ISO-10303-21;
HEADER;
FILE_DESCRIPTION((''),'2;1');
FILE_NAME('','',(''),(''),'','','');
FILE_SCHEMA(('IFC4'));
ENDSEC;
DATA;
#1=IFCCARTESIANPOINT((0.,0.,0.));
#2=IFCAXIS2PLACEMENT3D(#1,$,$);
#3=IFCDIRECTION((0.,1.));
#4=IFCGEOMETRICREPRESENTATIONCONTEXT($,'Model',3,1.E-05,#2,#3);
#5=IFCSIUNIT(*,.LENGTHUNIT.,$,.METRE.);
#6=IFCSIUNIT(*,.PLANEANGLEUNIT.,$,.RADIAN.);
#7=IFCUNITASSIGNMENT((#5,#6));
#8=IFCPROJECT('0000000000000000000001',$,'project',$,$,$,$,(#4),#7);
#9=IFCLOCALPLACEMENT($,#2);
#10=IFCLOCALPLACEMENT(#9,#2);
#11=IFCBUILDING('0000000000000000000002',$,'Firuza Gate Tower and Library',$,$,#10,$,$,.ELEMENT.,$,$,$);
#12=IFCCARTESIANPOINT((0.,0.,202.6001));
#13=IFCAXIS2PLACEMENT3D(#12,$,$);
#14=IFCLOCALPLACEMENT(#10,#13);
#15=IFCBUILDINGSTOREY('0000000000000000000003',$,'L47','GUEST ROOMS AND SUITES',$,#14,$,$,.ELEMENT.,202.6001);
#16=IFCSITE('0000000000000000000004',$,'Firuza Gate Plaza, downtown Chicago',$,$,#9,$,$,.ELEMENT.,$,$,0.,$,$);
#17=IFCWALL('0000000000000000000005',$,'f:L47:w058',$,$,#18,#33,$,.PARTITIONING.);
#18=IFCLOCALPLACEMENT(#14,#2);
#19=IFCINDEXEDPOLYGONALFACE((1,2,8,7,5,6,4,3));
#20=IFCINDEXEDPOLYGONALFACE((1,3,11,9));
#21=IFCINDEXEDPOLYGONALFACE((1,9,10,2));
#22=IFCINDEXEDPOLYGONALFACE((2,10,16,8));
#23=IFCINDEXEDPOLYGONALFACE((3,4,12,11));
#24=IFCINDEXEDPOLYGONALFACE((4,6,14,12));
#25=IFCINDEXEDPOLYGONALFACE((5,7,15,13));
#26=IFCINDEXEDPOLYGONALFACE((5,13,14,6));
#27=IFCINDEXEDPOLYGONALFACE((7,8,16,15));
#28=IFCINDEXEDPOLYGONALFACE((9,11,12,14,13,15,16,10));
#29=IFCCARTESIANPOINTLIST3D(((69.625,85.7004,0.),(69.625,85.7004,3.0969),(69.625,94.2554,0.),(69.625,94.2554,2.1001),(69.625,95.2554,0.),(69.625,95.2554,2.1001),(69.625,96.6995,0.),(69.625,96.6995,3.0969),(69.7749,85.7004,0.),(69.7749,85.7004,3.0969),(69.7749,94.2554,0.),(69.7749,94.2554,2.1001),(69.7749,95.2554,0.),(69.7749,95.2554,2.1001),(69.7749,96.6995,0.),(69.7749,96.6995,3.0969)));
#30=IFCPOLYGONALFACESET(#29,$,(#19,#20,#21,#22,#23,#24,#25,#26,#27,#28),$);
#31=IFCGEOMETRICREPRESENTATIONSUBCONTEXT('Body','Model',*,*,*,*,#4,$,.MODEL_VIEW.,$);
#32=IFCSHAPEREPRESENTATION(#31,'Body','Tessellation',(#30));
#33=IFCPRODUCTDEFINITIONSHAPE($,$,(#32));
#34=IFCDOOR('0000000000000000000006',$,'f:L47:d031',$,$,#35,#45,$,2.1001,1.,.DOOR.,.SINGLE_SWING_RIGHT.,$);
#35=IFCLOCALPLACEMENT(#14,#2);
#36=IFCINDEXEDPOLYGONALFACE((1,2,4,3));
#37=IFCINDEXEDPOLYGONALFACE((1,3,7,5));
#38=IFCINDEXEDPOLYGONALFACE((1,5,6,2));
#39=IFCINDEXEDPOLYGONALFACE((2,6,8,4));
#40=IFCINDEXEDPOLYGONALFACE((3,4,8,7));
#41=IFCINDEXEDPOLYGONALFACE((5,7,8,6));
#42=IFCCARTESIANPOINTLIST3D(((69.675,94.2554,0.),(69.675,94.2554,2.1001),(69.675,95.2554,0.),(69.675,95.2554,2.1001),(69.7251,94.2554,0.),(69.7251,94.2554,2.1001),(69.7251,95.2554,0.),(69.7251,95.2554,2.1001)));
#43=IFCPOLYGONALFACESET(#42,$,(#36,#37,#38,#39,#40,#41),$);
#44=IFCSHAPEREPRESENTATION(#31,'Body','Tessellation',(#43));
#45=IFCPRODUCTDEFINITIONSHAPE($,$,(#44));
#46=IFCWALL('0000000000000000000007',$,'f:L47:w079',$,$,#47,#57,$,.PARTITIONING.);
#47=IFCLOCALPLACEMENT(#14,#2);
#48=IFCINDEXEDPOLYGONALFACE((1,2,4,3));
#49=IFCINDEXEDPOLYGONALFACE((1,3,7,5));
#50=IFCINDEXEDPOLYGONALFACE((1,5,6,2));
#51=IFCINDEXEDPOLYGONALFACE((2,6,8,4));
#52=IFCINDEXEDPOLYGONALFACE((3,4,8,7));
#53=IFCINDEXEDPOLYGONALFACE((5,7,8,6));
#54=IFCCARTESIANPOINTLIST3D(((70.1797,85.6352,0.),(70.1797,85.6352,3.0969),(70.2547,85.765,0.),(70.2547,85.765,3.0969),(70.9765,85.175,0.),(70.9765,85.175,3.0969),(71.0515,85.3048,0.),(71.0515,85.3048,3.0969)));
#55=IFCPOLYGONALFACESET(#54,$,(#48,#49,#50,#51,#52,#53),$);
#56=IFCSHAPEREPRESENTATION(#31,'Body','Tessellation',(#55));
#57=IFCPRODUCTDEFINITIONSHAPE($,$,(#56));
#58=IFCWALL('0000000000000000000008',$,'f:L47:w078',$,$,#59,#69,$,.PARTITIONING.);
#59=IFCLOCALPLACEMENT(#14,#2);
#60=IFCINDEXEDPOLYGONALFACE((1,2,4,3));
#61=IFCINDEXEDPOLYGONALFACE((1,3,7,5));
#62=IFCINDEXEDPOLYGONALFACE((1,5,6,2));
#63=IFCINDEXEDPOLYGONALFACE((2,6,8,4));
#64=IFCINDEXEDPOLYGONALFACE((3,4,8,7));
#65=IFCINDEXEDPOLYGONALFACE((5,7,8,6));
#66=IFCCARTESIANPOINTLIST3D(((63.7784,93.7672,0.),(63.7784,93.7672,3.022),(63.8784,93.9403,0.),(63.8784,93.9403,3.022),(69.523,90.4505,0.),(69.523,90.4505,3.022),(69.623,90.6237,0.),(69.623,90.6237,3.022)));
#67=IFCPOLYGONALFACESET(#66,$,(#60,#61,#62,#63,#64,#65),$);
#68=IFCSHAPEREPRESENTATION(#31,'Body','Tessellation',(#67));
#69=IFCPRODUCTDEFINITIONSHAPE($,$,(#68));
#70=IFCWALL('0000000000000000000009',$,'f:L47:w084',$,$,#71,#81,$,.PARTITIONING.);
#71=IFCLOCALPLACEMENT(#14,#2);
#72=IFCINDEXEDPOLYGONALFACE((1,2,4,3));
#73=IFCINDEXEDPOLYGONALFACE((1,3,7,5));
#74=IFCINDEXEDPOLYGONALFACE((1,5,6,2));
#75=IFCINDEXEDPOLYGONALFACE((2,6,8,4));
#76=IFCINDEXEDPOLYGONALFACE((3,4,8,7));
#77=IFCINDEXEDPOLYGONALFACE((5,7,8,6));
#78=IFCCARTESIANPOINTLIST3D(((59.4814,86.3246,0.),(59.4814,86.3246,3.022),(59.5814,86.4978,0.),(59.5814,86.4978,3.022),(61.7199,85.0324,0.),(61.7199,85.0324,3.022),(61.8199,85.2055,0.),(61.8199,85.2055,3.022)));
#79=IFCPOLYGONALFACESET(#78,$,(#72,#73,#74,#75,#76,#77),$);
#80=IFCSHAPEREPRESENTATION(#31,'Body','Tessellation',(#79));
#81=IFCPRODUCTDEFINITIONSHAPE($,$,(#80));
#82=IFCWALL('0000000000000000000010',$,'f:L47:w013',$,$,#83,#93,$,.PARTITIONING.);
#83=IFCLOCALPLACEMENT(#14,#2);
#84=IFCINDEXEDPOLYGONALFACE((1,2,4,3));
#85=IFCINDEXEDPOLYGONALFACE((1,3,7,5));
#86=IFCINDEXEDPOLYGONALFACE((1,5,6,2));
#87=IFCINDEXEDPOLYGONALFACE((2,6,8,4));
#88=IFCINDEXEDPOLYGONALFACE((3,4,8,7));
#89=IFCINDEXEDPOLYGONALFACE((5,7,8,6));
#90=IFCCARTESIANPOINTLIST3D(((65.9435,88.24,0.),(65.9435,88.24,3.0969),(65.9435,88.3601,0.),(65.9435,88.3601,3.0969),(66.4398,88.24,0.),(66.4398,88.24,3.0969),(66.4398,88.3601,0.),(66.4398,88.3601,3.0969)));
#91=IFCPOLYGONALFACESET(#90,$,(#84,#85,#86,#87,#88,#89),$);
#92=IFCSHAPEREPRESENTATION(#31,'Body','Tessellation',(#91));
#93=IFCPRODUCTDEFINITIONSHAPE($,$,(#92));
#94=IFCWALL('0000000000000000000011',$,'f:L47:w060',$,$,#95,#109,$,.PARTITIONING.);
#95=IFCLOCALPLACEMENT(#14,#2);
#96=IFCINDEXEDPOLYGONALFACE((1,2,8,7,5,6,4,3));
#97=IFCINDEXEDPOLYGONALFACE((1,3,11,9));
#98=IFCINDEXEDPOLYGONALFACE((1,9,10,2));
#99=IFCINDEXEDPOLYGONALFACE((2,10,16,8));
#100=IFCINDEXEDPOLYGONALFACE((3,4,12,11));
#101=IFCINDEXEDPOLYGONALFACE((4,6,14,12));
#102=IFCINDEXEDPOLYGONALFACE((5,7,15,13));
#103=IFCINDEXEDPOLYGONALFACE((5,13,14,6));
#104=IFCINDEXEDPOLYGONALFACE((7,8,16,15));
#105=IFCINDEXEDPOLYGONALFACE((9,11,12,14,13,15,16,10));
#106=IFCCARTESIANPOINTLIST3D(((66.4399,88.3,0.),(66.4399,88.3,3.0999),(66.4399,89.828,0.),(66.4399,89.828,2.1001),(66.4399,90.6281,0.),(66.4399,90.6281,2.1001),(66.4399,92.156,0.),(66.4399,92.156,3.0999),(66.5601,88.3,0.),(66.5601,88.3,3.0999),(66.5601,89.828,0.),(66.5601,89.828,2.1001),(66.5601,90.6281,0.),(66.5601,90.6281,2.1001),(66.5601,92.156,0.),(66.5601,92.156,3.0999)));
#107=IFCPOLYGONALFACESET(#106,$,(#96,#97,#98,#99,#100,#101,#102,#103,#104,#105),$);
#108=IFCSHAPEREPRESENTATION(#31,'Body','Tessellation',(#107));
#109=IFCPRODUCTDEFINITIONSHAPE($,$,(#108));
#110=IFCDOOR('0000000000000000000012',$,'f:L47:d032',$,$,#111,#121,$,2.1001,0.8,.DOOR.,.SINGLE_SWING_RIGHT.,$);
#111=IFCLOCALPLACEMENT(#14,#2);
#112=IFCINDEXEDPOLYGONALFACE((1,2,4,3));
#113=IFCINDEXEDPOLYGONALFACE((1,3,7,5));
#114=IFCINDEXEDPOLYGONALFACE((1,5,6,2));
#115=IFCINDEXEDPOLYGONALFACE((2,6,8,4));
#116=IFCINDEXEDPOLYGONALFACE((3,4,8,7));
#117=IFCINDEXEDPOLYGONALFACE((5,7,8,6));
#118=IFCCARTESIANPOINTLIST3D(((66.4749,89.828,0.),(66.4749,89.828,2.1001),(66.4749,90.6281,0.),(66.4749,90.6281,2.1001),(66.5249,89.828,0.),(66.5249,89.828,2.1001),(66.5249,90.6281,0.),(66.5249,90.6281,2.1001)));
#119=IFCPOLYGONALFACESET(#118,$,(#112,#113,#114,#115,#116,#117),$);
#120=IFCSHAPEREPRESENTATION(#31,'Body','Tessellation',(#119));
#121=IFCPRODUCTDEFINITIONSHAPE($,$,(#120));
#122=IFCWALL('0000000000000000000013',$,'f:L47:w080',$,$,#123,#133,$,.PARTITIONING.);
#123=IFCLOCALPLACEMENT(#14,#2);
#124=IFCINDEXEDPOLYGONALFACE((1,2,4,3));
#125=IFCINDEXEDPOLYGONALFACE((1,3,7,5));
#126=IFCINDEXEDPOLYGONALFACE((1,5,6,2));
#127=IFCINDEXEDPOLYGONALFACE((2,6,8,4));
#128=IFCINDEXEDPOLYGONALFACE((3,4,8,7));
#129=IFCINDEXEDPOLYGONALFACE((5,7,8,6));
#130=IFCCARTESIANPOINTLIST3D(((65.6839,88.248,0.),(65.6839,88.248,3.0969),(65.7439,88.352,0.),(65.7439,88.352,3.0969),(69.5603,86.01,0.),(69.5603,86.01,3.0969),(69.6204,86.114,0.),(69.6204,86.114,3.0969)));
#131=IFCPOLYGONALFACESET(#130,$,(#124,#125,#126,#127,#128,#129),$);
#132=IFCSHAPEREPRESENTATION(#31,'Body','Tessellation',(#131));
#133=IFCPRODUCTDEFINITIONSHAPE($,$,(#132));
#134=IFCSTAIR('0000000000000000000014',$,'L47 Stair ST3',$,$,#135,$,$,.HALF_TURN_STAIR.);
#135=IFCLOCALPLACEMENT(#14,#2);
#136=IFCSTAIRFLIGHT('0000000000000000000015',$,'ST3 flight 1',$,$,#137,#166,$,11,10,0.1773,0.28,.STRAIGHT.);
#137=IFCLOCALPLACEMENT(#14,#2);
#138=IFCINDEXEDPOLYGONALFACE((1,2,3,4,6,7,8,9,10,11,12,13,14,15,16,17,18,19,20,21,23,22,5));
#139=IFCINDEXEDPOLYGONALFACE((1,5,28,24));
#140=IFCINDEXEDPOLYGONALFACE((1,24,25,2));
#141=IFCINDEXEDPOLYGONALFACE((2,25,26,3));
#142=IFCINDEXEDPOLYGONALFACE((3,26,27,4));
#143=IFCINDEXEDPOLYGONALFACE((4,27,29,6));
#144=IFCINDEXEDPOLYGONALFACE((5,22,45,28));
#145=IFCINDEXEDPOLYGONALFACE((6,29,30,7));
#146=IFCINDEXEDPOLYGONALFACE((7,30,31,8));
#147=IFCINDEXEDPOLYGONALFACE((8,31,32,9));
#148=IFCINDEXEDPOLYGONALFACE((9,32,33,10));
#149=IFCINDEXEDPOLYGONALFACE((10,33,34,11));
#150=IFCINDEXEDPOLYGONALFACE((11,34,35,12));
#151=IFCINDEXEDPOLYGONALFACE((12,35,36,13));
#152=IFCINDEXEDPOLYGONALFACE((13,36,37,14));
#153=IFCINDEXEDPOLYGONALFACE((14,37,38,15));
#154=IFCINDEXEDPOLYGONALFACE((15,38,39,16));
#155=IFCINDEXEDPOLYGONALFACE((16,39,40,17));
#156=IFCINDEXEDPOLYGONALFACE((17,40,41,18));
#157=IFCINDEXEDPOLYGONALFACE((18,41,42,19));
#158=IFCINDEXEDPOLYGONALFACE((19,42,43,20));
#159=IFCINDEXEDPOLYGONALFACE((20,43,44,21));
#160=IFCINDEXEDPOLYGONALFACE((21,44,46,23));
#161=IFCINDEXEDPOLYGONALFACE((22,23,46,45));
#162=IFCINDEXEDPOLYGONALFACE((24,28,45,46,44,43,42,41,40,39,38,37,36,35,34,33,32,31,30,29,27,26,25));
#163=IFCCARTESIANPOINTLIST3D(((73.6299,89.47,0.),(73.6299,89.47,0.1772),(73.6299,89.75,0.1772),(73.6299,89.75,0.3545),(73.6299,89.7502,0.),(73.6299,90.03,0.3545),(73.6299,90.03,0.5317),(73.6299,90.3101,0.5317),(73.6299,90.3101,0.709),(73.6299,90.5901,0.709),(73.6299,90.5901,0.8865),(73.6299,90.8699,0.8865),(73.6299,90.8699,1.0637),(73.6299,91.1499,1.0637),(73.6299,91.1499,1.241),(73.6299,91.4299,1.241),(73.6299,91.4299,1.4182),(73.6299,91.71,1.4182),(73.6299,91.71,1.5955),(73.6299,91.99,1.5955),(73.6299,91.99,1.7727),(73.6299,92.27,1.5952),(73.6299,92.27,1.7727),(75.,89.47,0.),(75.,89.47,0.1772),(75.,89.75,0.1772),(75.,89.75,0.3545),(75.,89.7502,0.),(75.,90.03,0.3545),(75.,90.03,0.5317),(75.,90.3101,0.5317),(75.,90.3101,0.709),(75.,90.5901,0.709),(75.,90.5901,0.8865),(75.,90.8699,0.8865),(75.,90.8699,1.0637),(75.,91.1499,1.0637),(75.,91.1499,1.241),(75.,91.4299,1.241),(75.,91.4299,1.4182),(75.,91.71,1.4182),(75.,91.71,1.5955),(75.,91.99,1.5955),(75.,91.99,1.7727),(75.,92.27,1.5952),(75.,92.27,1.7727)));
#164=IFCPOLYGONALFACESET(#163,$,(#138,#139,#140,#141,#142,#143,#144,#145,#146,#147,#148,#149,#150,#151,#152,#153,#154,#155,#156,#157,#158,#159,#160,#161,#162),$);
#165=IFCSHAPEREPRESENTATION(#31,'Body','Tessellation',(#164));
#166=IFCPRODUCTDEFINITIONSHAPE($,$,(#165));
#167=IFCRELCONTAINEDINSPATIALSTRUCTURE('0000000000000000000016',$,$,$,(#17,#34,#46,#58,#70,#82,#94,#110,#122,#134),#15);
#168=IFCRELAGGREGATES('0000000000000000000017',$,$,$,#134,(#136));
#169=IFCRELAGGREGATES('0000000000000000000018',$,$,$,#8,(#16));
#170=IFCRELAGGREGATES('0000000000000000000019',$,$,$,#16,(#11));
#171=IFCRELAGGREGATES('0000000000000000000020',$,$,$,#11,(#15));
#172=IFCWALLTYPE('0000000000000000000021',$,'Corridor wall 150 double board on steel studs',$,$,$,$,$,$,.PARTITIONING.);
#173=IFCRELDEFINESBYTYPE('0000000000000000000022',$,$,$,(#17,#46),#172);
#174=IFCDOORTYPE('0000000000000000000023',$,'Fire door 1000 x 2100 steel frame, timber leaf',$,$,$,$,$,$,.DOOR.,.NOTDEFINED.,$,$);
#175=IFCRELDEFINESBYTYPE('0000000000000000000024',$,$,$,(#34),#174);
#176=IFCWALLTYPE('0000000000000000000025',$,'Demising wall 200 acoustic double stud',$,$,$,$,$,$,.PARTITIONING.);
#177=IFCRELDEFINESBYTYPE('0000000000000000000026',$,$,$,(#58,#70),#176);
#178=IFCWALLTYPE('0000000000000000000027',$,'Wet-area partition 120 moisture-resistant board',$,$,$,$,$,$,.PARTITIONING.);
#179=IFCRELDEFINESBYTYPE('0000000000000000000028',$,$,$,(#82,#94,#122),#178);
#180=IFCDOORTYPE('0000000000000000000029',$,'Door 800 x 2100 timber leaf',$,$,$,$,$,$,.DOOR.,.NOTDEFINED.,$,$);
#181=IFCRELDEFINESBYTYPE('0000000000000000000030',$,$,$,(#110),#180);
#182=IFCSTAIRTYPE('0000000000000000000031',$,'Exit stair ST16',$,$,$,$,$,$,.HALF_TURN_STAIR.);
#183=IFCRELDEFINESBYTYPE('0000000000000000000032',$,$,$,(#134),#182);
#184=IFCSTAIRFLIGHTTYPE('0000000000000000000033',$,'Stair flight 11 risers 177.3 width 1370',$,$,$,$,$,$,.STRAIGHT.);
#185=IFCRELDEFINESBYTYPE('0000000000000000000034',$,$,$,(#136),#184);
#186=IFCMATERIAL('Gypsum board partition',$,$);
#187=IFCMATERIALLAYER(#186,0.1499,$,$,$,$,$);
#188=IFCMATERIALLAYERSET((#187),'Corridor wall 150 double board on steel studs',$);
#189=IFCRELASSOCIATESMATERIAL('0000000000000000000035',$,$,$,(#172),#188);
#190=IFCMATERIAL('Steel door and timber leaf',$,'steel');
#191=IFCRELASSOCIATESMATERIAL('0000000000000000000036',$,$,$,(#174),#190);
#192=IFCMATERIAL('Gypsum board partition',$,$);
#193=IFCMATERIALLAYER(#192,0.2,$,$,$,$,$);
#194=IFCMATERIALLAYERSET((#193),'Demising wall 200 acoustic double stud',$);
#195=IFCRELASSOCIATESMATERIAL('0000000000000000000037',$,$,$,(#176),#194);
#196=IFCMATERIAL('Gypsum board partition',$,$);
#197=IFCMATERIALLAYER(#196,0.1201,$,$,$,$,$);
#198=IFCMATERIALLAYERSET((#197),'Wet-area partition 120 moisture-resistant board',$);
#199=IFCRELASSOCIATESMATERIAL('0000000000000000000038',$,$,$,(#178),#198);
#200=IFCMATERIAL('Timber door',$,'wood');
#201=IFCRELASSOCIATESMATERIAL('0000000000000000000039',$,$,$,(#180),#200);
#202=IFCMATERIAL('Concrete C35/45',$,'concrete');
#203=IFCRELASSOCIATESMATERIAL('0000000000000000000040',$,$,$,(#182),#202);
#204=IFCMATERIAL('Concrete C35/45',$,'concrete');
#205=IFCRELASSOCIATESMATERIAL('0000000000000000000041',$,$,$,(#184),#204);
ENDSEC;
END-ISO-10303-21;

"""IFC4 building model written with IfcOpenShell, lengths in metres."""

from ifc_helpers import new_model, si_unit, direction, frame, frame_2d, origin, place, context, subcontext, project, spatial, polyline, rectangle, outline, extrude, material, layer, layer_set, type_object, element, fill, aggregate, save


model = new_model("IFC4")

# Units and contexts
model_context = context("Model", 3, precision=1e-05, world=origin(), true_north=direction((0.0, 1.0)))
body_context = subcontext(model_context, "Body", "Model", "MODEL_VIEW")
ifc_project = project(units=[si_unit("LENGTHUNIT", "METRE"), si_unit("PLANEANGLEUNIT", "RADIAN")], contexts=[model_context])

# Site, building, storey
site_placement = place(None, origin())
site = spatial("IfcSite", under=ifc_project, at=site_placement, Name="Firuza Gate Plaza, downtown Chicago", CompositionType="ELEMENT", RefElevation=0.0)
building_placement = place(site_placement, origin())
building = spatial("IfcBuilding", under=site, at=building_placement, Name="Firuza Gate Tower and Library", CompositionType="ELEMENT")
storey_placement = place(building_placement, frame((0.0, 0.0, 202.6001)))
storey = spatial("IfcBuildingStorey", under=building, at=storey_placement, Name="L47", Description="GUEST ROOMS AND SUITES", CompositionType="ELEMENT", Elevation=202.6001)

# Shared definitions
ifc_material_1 = material(Name="Gypsum board partition")
ifc_layer_1 = layer(ifc_material_1, 0.1499)
ifc_layer_set_1 = layer_set([ifc_layer_1], Name="Corridor wall 150 double board on steel studs")
wall_type_1 = type_object("IfcWallType", Name="Corridor wall 150 double board on steel studs", PredefinedType="PARTITIONING", material=ifc_layer_set_1)

# Wall, opening, door
wall_1_placement = place(storey_placement, frame((69.7, 85.7004, 0.0), z_axis=(0.0, 0.0, 1.0), x_axis=(0.0, 1.0, 0.0)))
wall_1 = element("IfcWall", 1, at=wall_1_placement, inside=storey, type_object=wall_type_1, Name="f:L47:w058", PredefinedType="PARTITIONING", context=body_context, shape_type="SweptSolid", body=[
    extrude(rectangle(XDim=10.999, YDim=0.1499, at=frame_2d((5.4995, 0.0))), origin(), (0.0, 0.0, 1.0), 3.0969),
])
opening_1_placement = place(wall_1_placement, frame((8.5549, 0.0, 0.0)))
opening_1 = element("IfcOpeningElement", 2, at=opening_1_placement, cuts=wall_1, PredefinedType="OPENING", context=body_context, shape_type="SweptSolid", body=[
    extrude(rectangle(XDim=1.0, YDim=2.1001, at=frame_2d((0.5, 1.05))), frame((0.0, 0.085, 0.0), z_axis=(0.0, -1.0, 0.0), x_axis=(1.0, 0.0, 0.0)), (0.0, 0.0, 1.0), 0.1699),
])
ifc_material_2 = material(Name="Steel door and timber leaf", Category="steel")
door_type_1 = type_object("IfcDoorType", Name="Fire door 1000 x 2100 steel frame, timber leaf", OperationType="NOTDEFINED", PredefinedType="DOOR", material=ifc_material_2)
door_1_placement = place(opening_1_placement, origin())
door_1 = element("IfcDoor", 3, at=door_1_placement, inside=storey, type_object=door_type_1, Name="f:L47:d031", OperationType="SINGLE_SWING_RIGHT", OverallHeight=2.1001, OverallWidth=1.0, PredefinedType="DOOR", context=body_context, shape_type="SweptSolid", body=[
    extrude(rectangle(XDim=1.0, YDim=2.1001, at=frame_2d((0.5, 1.05))), frame((0.0, 0.0249, 0.0), z_axis=(0.0, -1.0, 0.0), x_axis=(1.0, 0.0, 0.0)), (0.0, 0.0, 1.0), 0.05),
])
fill(opening_1, door_1)

# Walls
wall_2_placement = place(storey_placement, frame((71.0139, 85.24, 0.0), z_axis=(0.0, 0.0, 1.0), x_axis=(-0.865965, 0.500105, 0.0)))
element("IfcWall", 4, at=wall_2_placement, inside=storey, type_object=wall_type_1, Name="f:L47:w079", PredefinedType="PARTITIONING", context=body_context, shape_type="SweptSolid", body=[
    extrude(rectangle(XDim=0.9202, YDim=0.1499, at=frame_2d((0.46, 0.0))), origin(), (0.0, 0.0, 1.0), 3.0969),
])
ifc_material_3 = material(Name="Gypsum board partition")
ifc_layer_2 = layer(ifc_material_3, 0.2)
ifc_layer_set_2 = layer_set([ifc_layer_2], Name="Demising wall 200 acoustic double stud")
wall_type_2 = type_object("IfcWallType", Name="Demising wall 200 acoustic double stud", PredefinedType="PARTITIONING", material=ifc_layer_set_2)
wall_3_placement = place(storey_placement, frame((69.573, 90.5371, 0.0), z_axis=(0.0, 0.0, 1.0), x_axis=(-0.866026, 0.499999, 0.0)))
element("IfcWall", 5, at=wall_3_placement, inside=storey, type_object=wall_type_2, Name="f:L47:w078", PredefinedType="PARTITIONING", context=body_context, shape_type="SweptSolid", body=[
    extrude(rectangle(XDim=6.6333, YDim=0.2, at=frame_2d((3.3167, 0.0))), origin(), (0.0, 0.0, 1.0), 3.022),
])
wall_4_placement = place(storey_placement, frame((61.77, 85.1189, 0.0), z_axis=(0.0, 0.0, 1.0), x_axis=(-0.866055, 0.499949, 0.0)))
element("IfcWall", 6, at=wall_4_placement, inside=storey, type_object=wall_type_2, Name="f:L47:w084", PredefinedType="PARTITIONING", context=body_context, shape_type="SweptSolid", body=[
    extrude(rectangle(XDim=2.5847, YDim=0.2, at=frame_2d((1.2925, 0.0))), origin(), (0.0, 0.0, 1.0), 3.022),
])
ifc_material_4 = material(Name="Gypsum board partition")
ifc_layer_3 = layer(ifc_material_4, 0.1201)
ifc_layer_set_3 = layer_set([ifc_layer_3], Name="Wet-area partition 120 moisture-resistant board")
wall_type_3 = type_object("IfcWallType", Name="Wet-area partition 120 moisture-resistant board", PredefinedType="PARTITIONING", material=ifc_layer_set_3)
wall_5_placement = place(storey_placement, frame((65.9436, 88.3, 0.0), z_axis=(0.0, 0.0, 1.0), x_axis=(1.0, 0.0, 0.0)))
element("IfcWall", 7, at=wall_5_placement, inside=storey, type_object=wall_type_3, Name="f:L47:w013", PredefinedType="PARTITIONING", context=body_context, shape_type="SweptSolid", body=[
    extrude(rectangle(XDim=0.4963, YDim=0.1201, at=frame_2d((0.248, 0.0))), origin(), (0.0, 0.0, 1.0), 3.0969),
])

# Wall, opening, door
wall_6_placement = place(storey_placement, frame((66.5, 92.156, 0.0), z_axis=(0.0, 0.0, 1.0), x_axis=(0.0, -1.0, 0.0)))
wall_6 = element("IfcWall", 8, at=wall_6_placement, inside=storey, type_object=wall_type_3, Name="f:L47:w060", PredefinedType="PARTITIONING", context=body_context, shape_type="SweptSolid", body=[
    extrude(rectangle(XDim=3.856, YDim=0.1201, at=frame_2d((1.928, 0.0))), origin(), (0.0, 0.0, 1.0), 3.0999),
])
opening_2_placement = place(wall_6_placement, frame((1.5281, 0.0, 0.0)))
opening_2 = element("IfcOpeningElement", 9, at=opening_2_placement, cuts=wall_6, PredefinedType="OPENING", context=body_context, shape_type="SweptSolid", body=[
    extrude(rectangle(XDim=0.8, YDim=2.1001, at=frame_2d((0.3999, 1.05))), frame((0.0, 0.0701, 0.0), z_axis=(0.0, -1.0, 0.0), x_axis=(1.0, 0.0, 0.0)), (0.0, 0.0, 1.0), 0.1401),
])
ifc_material_5 = material(Name="Timber door", Category="wood")
door_type_2 = type_object("IfcDoorType", Name="Door 800 x 2100 timber leaf", OperationType="NOTDEFINED", PredefinedType="DOOR", material=ifc_material_5)
door_2_placement = place(opening_2_placement, origin())
door_2 = element("IfcDoor", 10, at=door_2_placement, inside=storey, type_object=door_type_2, Name="f:L47:d032", OperationType="SINGLE_SWING_RIGHT", OverallHeight=2.1001, OverallWidth=0.8, PredefinedType="DOOR", context=body_context, shape_type="SweptSolid", body=[
    extrude(rectangle(XDim=0.8, YDim=2.1001, at=frame_2d((0.3999, 1.05))), frame((0.0, 0.0249, 0.0), z_axis=(0.0, -1.0, 0.0), x_axis=(1.0, 0.0, 0.0)), (0.0, 0.0, 1.0), 0.05),
])
fill(opening_2, door_2)

# Wall
wall_7_placement = place(storey_placement, frame((69.5903, 86.062, 0.0), z_axis=(0.0, 0.0, 1.0), x_axis=(-0.866029, 0.499993, 0.0)))
element("IfcWall", 11, at=wall_7_placement, inside=storey, type_object=wall_type_3, Name="f:L47:w080", PredefinedType="PARTITIONING", context=body_context, shape_type="SweptSolid", body=[
    extrude(rectangle(XDim=4.4761, YDim=0.1201, at=frame_2d((2.238, 0.0))), origin(), (0.0, 0.0, 1.0), 3.0969),
])

# Stair, stair flight
ifc_material_6 = material(Name="Concrete C35/45", Category="concrete")
stair_type = type_object("IfcStairType", Name="Exit stair ST16", PredefinedType="HALF_TURN_STAIR", material=ifc_material_6)
stair_placement = place(storey_placement, origin())
stair = element("IfcStair", 12, at=stair_placement, inside=storey, type_object=stair_type, Name="L47 Stair ST3", PredefinedType="HALF_TURN_STAIR")
ifc_material_7 = material(Name="Concrete C35/45", Category="concrete")
stair_flight_type = type_object("IfcStairFlightType", Name="Stair flight 11 risers 177.3 width 1370", PredefinedType="STRAIGHT", material=ifc_material_7)
stair_flight_1_placement = place(storey_placement, frame((74.3149, 89.47, 0.0), z_axis=(0.0, 0.0, 1.0), x_axis=(0.0, 1.0, 0.0)))
stair_flight_1 = element("IfcStairFlight", 13, at=stair_flight_1_placement, type_object=stair_flight_type, Name="ST3 flight 1", NumberOfRisers=11, NumberOfTreads=10, PredefinedType="STRAIGHT", RiserHeight=0.1773, TreadLength=0.28, context=body_context, shape_type="SweptSolid", body=[
    extrude(outline(polyline([(0.0, 0.0), (0.0, 0.1772), (0.28, 0.1772), (0.28, 0.3545), (0.5601, 0.3545), (0.5601, 0.5317), (0.8401, 0.5317), (0.8401, 0.709), (1.1201, 0.709), (1.1201, 0.8865), (1.3999, 0.8865), (1.3999, 1.0637), (1.6799, 1.0637), (1.6799, 1.241), (1.96, 1.241), (1.96, 1.4182), (2.24, 1.4182), (2.24, 1.5955), (2.52, 1.5955), (2.52, 1.7727), (2.8, 1.7727), (2.8, 1.95), (2.8, 1.5952), (0.2803, 0.0), (0.0, 0.0)])), frame((0.0, 0.6851, 0.0), z_axis=(0.0, -1.0, 0.0), x_axis=(1.0, 0.0, 0.0)), (0.0, 0.0, 1.0), 1.3701),
])
aggregate(stair, [stair_flight_1])

save(model, "model.ifc")
